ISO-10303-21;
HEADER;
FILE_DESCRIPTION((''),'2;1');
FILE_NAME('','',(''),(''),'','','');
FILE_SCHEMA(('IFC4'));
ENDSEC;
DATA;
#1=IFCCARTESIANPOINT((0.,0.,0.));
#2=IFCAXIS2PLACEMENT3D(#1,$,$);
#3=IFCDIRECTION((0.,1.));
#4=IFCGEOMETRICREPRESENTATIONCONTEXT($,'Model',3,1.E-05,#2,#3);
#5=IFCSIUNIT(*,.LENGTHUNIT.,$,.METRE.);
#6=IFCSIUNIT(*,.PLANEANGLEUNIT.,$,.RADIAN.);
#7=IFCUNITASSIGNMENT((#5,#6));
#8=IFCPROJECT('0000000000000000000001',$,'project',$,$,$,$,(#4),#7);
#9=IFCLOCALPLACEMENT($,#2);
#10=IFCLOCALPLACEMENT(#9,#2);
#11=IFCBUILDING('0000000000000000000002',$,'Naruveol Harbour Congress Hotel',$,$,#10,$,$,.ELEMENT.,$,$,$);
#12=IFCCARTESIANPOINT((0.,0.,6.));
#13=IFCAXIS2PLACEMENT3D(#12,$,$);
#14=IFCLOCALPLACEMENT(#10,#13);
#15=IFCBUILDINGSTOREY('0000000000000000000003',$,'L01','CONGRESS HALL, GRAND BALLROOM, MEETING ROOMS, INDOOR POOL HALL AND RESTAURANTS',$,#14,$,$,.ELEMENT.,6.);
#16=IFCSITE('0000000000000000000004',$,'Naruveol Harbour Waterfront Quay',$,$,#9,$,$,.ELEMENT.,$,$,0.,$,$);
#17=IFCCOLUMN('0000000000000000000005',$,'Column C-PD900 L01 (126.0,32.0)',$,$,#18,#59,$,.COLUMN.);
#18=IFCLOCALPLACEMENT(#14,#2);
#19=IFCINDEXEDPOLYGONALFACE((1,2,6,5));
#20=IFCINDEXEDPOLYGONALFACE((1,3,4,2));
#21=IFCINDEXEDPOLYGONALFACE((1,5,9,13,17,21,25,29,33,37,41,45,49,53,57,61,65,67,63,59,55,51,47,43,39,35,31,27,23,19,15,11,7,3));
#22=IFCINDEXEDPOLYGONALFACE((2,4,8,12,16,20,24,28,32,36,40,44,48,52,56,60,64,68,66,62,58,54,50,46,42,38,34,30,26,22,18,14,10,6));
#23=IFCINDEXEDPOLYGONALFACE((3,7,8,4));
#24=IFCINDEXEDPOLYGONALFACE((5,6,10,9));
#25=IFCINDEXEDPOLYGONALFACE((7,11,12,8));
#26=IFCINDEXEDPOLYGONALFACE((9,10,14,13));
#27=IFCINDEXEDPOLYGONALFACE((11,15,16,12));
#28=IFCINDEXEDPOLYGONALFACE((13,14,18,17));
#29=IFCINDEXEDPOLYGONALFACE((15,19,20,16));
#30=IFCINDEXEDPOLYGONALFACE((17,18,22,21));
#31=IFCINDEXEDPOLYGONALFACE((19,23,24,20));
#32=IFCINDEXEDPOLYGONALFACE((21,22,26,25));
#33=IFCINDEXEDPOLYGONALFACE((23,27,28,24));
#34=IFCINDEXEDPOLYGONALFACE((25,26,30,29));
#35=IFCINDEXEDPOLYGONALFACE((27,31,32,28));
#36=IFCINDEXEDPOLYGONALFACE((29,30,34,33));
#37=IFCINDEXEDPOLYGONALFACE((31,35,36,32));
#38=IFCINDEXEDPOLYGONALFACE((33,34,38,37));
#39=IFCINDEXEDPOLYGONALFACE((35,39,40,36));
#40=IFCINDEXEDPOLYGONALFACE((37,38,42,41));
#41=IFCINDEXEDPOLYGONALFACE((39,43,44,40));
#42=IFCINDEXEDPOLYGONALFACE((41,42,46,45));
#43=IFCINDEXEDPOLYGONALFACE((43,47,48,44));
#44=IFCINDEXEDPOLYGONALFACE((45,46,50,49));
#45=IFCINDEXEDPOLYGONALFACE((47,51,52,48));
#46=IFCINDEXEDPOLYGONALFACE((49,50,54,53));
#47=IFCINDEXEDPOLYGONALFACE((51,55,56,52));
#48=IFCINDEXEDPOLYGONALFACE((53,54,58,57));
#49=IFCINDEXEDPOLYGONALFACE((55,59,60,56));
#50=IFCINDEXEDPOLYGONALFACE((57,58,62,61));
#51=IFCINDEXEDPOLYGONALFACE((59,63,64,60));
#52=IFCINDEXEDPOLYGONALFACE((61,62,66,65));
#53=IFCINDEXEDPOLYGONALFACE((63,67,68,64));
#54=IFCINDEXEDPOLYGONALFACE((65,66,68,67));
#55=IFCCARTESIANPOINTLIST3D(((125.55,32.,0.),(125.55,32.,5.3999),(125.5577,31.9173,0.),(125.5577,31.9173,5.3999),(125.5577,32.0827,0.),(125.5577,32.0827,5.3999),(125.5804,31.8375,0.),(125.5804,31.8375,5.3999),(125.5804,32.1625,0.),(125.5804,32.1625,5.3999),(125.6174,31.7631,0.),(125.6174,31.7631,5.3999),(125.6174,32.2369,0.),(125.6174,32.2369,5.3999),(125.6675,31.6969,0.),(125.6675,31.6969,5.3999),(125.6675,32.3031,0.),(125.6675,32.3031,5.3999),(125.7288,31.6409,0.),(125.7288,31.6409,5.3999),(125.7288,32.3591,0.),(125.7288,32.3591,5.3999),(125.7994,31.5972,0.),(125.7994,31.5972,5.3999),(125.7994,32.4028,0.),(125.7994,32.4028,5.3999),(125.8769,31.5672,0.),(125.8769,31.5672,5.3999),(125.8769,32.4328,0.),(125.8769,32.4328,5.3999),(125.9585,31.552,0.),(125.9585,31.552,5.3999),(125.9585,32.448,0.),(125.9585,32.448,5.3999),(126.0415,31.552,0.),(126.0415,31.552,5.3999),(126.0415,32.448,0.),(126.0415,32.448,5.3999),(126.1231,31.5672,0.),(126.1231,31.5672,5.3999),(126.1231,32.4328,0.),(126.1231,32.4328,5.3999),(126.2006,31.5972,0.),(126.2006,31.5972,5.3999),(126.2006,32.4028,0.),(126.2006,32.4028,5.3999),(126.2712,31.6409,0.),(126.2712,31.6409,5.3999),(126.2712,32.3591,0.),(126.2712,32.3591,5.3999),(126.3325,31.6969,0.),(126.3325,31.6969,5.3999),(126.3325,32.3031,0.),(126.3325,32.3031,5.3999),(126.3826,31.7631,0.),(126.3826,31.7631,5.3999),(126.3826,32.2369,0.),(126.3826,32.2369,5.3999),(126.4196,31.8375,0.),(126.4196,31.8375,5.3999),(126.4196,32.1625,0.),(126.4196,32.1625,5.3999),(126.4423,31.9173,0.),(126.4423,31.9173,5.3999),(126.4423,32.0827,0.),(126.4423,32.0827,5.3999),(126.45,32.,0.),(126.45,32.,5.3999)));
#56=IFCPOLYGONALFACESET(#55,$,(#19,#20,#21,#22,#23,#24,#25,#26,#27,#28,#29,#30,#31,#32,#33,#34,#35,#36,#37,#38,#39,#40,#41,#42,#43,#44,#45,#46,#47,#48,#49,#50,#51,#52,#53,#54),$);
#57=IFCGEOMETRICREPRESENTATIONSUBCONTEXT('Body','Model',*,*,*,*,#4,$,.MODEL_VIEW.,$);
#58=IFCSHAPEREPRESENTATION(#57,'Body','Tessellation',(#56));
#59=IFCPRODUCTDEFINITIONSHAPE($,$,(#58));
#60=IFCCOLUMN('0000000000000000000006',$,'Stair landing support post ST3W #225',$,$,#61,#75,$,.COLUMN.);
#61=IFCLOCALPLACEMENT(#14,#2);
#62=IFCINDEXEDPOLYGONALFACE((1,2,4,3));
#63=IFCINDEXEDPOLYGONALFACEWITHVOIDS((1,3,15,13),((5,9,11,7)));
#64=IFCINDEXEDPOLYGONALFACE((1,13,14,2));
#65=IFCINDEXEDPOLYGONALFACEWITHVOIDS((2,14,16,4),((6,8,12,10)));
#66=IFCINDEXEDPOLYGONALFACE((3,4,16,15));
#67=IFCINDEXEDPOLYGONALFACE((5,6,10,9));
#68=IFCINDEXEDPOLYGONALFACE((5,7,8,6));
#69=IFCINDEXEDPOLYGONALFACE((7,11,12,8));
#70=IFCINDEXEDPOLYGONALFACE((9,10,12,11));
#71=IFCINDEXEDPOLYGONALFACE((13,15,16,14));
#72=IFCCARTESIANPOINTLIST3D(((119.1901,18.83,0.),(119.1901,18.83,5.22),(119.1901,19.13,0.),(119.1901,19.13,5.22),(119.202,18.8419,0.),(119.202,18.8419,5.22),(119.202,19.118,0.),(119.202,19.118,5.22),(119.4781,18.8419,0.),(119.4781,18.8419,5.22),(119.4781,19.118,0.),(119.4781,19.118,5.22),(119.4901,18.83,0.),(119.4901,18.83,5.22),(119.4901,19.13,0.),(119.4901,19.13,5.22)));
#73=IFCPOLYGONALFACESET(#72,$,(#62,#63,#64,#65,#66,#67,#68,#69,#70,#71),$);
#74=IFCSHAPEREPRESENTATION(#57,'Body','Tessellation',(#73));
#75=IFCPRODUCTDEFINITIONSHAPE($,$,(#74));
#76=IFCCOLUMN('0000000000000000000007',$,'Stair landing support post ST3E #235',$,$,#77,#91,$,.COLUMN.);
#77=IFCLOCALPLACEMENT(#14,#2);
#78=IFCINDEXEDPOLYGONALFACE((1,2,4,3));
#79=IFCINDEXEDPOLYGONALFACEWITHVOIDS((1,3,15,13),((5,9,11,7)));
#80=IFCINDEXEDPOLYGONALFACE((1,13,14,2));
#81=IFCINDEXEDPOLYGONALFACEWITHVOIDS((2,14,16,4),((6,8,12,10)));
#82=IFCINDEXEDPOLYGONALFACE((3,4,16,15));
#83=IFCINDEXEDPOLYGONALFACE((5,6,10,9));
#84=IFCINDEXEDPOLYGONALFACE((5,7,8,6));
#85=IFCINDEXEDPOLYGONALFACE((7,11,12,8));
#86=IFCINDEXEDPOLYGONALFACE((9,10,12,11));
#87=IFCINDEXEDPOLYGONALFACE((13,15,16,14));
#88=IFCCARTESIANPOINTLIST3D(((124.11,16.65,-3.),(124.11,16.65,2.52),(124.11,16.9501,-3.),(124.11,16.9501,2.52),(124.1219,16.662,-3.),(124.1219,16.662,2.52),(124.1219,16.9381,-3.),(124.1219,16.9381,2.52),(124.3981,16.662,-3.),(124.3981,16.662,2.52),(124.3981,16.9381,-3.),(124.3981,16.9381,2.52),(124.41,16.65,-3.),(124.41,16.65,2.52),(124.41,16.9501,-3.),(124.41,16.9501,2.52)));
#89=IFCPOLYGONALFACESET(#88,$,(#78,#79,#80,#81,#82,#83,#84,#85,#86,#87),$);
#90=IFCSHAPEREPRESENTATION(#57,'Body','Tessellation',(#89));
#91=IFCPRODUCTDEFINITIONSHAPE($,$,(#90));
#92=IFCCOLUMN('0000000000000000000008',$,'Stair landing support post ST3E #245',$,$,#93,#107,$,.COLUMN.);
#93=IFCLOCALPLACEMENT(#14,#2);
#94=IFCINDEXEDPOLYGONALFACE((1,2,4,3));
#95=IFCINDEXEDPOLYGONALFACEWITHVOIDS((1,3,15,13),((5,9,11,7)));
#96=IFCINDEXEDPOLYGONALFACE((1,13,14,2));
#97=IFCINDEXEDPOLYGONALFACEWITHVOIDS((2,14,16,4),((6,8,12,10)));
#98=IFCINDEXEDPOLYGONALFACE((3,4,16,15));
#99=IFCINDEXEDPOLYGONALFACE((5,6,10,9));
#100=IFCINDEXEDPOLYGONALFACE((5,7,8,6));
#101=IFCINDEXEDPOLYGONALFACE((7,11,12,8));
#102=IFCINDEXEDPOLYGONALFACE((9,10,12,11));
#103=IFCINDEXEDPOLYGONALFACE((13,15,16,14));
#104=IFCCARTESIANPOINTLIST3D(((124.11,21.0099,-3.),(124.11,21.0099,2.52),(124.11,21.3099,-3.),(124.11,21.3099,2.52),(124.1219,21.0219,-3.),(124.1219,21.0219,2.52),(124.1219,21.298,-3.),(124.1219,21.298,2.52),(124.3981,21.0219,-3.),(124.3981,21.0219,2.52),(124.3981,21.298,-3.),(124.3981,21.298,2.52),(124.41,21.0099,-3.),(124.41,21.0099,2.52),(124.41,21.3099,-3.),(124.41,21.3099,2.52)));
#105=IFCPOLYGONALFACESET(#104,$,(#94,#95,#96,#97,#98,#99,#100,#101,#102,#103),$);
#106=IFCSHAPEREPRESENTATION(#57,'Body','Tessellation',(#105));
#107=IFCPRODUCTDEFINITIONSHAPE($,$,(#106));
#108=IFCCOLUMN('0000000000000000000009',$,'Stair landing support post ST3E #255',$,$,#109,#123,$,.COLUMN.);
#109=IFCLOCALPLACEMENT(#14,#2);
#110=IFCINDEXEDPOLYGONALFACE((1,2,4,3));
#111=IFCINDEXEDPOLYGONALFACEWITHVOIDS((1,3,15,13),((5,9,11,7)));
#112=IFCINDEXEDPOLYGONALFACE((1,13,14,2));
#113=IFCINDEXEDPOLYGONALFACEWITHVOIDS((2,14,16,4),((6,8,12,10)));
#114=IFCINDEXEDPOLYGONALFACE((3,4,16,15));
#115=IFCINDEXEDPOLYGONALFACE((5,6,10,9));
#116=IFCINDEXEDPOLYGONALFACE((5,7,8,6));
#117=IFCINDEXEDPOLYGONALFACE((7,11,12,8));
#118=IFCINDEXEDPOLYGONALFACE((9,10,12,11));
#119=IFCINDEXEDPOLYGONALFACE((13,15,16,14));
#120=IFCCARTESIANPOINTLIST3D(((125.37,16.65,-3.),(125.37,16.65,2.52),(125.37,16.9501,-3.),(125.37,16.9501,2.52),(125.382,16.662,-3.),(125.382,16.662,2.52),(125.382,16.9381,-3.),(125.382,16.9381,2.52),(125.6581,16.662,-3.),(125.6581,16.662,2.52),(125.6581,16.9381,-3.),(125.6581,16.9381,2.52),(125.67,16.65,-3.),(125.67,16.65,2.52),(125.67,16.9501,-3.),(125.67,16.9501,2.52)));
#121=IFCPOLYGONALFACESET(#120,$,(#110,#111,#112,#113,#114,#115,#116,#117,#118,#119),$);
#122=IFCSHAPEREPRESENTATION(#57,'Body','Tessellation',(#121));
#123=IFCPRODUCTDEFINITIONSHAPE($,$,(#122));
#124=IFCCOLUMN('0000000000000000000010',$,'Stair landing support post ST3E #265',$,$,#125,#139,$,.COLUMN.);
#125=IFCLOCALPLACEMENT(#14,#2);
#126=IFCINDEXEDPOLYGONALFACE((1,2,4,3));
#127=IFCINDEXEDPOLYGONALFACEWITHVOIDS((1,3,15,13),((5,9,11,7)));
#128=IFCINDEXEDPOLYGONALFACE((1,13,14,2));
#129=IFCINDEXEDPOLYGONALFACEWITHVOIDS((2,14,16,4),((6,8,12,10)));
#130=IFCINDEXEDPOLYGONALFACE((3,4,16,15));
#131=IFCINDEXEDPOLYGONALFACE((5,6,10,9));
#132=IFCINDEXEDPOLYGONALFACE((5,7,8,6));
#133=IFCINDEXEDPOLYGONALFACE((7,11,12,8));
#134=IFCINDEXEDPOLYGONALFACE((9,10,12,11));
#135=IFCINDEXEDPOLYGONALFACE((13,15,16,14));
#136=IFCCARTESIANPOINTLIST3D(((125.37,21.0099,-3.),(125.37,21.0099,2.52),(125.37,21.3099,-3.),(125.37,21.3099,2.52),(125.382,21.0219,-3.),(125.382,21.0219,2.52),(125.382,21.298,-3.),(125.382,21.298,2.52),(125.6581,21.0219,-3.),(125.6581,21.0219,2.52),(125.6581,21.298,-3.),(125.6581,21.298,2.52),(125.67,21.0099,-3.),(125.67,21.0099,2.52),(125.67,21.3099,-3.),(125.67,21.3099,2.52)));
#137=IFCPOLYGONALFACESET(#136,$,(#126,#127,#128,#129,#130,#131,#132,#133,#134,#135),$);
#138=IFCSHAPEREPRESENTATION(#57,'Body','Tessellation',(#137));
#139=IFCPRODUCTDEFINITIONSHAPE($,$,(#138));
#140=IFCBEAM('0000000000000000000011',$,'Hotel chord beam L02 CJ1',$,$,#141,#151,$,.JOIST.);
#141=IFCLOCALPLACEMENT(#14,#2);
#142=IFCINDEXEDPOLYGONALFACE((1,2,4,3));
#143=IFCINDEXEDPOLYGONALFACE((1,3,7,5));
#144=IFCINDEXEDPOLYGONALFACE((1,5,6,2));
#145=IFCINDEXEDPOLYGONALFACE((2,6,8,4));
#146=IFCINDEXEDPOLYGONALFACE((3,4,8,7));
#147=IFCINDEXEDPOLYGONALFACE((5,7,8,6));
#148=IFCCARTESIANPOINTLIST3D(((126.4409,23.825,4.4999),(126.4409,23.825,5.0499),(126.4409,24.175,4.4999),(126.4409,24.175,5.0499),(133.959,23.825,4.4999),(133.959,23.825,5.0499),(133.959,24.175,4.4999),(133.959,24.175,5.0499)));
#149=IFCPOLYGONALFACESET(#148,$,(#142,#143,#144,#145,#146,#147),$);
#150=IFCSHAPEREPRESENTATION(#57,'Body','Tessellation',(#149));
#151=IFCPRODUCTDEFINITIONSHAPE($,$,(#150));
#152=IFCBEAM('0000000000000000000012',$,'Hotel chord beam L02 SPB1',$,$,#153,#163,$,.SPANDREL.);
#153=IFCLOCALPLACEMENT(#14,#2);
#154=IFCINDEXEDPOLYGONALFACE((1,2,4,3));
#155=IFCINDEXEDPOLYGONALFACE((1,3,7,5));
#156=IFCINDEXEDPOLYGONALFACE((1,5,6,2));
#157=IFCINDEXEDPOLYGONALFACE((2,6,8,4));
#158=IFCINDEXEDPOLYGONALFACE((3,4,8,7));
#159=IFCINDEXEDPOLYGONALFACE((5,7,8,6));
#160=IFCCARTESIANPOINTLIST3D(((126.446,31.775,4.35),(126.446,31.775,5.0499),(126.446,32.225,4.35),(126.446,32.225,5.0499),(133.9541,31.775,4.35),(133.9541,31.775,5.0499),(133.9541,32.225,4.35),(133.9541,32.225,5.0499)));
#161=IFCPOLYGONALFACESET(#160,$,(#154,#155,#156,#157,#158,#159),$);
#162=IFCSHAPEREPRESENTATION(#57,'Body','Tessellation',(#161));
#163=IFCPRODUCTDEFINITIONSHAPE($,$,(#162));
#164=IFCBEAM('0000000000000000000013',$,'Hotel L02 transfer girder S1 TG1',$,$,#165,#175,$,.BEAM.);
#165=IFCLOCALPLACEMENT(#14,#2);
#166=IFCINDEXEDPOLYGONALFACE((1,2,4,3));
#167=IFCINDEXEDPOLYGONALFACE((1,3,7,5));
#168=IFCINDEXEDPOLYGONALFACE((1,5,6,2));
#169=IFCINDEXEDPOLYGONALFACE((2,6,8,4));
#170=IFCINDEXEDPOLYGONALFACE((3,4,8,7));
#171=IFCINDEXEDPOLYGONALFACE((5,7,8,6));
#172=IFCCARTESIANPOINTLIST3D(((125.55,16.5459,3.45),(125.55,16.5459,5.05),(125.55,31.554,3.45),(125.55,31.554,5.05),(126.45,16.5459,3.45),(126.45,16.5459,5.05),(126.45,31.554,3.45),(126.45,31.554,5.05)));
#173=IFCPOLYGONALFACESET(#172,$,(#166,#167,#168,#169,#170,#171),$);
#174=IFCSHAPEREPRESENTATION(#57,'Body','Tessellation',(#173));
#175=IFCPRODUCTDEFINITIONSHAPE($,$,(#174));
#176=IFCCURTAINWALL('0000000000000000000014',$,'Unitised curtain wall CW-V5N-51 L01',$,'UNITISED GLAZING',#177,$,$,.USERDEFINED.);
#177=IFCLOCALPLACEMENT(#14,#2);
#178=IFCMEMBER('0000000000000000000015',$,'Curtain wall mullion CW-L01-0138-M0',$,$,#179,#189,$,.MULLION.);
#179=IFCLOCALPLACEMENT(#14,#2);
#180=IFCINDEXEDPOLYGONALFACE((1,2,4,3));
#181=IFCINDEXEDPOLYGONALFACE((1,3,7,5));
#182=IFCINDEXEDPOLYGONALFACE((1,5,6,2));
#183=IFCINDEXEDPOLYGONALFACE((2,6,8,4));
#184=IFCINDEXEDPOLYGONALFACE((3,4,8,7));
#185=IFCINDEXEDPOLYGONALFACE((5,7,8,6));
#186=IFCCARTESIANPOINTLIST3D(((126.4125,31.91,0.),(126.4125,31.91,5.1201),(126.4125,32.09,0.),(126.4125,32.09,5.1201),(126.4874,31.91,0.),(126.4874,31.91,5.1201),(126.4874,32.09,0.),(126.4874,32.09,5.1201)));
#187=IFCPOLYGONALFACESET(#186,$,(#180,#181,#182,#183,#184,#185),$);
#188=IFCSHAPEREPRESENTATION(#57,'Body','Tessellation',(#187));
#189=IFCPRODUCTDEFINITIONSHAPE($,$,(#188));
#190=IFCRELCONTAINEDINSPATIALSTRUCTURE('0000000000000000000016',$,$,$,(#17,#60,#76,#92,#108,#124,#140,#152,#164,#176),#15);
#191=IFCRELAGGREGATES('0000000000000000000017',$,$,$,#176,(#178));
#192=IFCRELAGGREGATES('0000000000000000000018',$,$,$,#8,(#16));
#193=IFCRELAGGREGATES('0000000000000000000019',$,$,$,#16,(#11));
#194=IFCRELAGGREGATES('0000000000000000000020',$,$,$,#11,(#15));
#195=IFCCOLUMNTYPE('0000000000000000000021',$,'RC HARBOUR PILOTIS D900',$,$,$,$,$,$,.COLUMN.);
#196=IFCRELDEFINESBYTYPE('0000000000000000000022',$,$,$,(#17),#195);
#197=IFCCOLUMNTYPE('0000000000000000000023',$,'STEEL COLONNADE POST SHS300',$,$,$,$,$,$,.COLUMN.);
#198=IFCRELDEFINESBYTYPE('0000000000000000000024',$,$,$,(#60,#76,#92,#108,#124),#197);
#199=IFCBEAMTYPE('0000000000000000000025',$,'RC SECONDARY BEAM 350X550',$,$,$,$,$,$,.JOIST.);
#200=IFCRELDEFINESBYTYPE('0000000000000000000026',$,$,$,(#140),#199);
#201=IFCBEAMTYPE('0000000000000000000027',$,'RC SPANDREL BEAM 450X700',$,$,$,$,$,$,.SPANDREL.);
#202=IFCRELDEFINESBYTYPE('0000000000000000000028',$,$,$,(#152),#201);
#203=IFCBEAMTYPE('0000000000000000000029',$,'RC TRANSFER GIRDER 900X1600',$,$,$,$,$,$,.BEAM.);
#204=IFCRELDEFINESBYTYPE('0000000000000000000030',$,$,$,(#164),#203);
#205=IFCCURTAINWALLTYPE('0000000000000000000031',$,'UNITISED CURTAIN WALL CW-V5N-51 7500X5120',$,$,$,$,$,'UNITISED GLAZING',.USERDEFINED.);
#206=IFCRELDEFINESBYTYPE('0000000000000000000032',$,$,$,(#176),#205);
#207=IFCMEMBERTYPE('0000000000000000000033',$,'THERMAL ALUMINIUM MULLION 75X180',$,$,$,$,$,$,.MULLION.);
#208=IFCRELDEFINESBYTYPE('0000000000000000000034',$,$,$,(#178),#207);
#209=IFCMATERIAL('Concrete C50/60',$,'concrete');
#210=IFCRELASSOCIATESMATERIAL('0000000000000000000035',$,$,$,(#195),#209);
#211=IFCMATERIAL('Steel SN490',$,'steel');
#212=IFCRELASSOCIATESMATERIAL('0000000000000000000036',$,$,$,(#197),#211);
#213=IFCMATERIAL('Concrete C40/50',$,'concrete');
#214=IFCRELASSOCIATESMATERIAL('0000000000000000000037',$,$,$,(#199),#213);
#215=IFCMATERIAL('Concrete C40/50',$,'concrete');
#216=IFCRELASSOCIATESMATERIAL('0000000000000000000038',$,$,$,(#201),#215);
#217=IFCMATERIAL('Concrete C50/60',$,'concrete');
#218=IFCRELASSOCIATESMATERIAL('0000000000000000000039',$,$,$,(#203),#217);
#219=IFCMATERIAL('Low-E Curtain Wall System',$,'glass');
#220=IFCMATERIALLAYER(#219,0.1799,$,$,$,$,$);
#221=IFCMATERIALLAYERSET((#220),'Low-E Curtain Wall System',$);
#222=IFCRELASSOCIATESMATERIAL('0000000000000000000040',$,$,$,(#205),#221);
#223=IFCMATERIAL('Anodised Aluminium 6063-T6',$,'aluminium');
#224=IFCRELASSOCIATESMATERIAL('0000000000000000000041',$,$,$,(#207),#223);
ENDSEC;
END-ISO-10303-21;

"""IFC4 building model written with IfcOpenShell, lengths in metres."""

from ifc_helpers import new_model, si_unit, direction, frame, origin, origin_2d, place, context, subcontext, project, spatial, rectangle, hollow_rectangle, circle, extrude, material, layer, layer_set, material_profile, profile_set, type_object, element, aggregate, save


model = new_model("IFC4")

# Units and contexts
model_context = context("Model", 3, precision=1e-05, world=origin(), true_north=direction((0.0, 1.0)))
body_context = subcontext(model_context, "Body", "Model", "MODEL_VIEW")
ifc_project = project(units=[si_unit("LENGTHUNIT", "METRE"), si_unit("PLANEANGLEUNIT", "RADIAN")], contexts=[model_context])

# Site, building, storey
site_placement = place(None, origin())
site = spatial("IfcSite", under=ifc_project, at=site_placement, Name="Naruveol Harbour Waterfront Quay", CompositionType="ELEMENT", RefElevation=0.0)
building_placement = place(site_placement, origin())
building = spatial("IfcBuilding", under=site, at=building_placement, Name="Naruveol Harbour Congress Hotel", CompositionType="ELEMENT")
storey_placement = place(building_placement, frame((0.0, 0.0, 6.0)))
storey = spatial("IfcBuildingStorey", under=building, at=storey_placement, Name="L01", Description="CONGRESS HALL, GRAND BALLROOM, MEETING ROOMS, INDOOR POOL HALL AND RESTAURANTS", CompositionType="ELEMENT", Elevation=6.0)

# Columns
ifc_material_1 = material(Name="Concrete C50/60", Category="concrete")
ifc_material_profile_1 = material_profile(ifc_material_1, circle(Radius=0.45, at=origin_2d()), Name="RC-D900")
ifc_profile_set_1 = profile_set([ifc_material_profile_1], Name="Concrete C50/60")
column_type_1 = type_object("IfcColumnType", Name="RC HARBOUR PILOTIS D900", PredefinedType="COLUMN", material=ifc_profile_set_1)
column_1_placement = place(storey_placement, frame((126.0, 32.0, 0.0), z_axis=(0.0, 0.0, 1.0), x_axis=(1.0, 0.0, 0.0)))
element("IfcColumn", 1, at=column_1_placement, inside=storey, type_object=column_type_1, Name="Column C-PD900 L01 (126.0,32.0)", PredefinedType="COLUMN", context=body_context, shape_type="SweptSolid", body=[
    extrude(circle(Radius=0.45, at=origin_2d()), origin(), (0.0, 0.0, 1.0), 5.3999),
])
ifc_material_2 = material(Name="Steel SN490", Category="steel")
ifc_material_profile_2 = material_profile(ifc_material_2, hollow_rectangle(XDim=0.3, YDim=0.3, WallThickness=0.012, at=origin_2d()), Name="SHS-300x300x12")
ifc_profile_set_2 = profile_set([ifc_material_profile_2], Name="Steel SN490")
column_type_2 = type_object("IfcColumnType", Name="STEEL COLONNADE POST SHS300", PredefinedType="COLUMN", material=ifc_profile_set_2)
column_2_placement = place(storey_placement, frame((119.3401, 18.98, 0.0), z_axis=(0.0, 0.0, 1.0), x_axis=(1.0, 0.0, 0.0)))
element("IfcColumn", 2, at=column_2_placement, inside=storey, type_object=column_type_2, Name="Stair landing support post ST3W #225", PredefinedType="COLUMN", context=body_context, shape_type="SweptSolid", body=[
    extrude(hollow_rectangle(XDim=0.3, YDim=0.3, WallThickness=0.012, at=origin_2d()), origin(), (0.0, 0.0, 1.0), 5.22),
])
for number, where, z_axis, x_axis, name in (
    (3, (124.26, 16.8, -3.0), (0.0, 0.0, 1.0), (1.0, 0.0, 0.0), "Stair landing support post ST3E #235"),
    (4, (124.26, 21.1599, -3.0), (0.0, 0.0, 1.0), (1.0, 0.0, 0.0), "Stair landing support post ST3E #245"),
    (5, (125.52, 16.8, -3.0), (0.0, 0.0, 1.0), (1.0, 0.0, 0.0), "Stair landing support post ST3E #255"),
    (6, (125.52, 21.1599, -3.0), (0.0, 0.0, 1.0), (1.0, 0.0, 0.0), "Stair landing support post ST3E #265"),
):
    element("IfcColumn", number, at=place(storey_placement, frame(where, z_axis=z_axis, x_axis=x_axis)), inside=storey, type_object=column_type_2, Name=name, PredefinedType="COLUMN", context=body_context, shape_type="SweptSolid", body=[
        extrude(hollow_rectangle(XDim=0.3, YDim=0.3, WallThickness=0.012, at=origin_2d()), origin(), (0.0, 0.0, 1.0), 5.52),
    ])

# Beams
ifc_material_3 = material(Name="Concrete C40/50", Category="concrete")
ifc_material_profile_3 = material_profile(ifc_material_3, rectangle(XDim=0.3501, YDim=0.55, at=origin_2d()), Name="RCB-350x550")
ifc_profile_set_3 = profile_set([ifc_material_profile_3], Name="Concrete C40/50")
beam_type_1 = type_object("IfcBeamType", Name="RC SECONDARY BEAM 350X550", PredefinedType="JOIST", material=ifc_profile_set_3)
beam_1_placement = place(storey_placement, frame((126.4409, 24.0, 4.7749), z_axis=(1.0, 0.0, 0.0), x_axis=(0.0, 1.0, 0.0)))
element("IfcBeam", 7, at=beam_1_placement, inside=storey, type_object=beam_type_1, Name="Hotel chord beam L02 CJ1", PredefinedType="JOIST", context=body_context, shape_type="SweptSolid", body=[
    extrude(rectangle(XDim=0.3501, YDim=0.55, at=origin_2d()), origin(), (0.0, 0.0, 1.0), 7.5181),
])
ifc_material_4 = material(Name="Concrete C40/50", Category="concrete")
ifc_material_profile_4 = material_profile(ifc_material_4, rectangle(XDim=0.45, YDim=0.7, at=origin_2d()), Name="RCB-450x700")
ifc_profile_set_4 = profile_set([ifc_material_profile_4], Name="Concrete C40/50")
beam_type_2 = type_object("IfcBeamType", Name="RC SPANDREL BEAM 450X700", PredefinedType="SPANDREL", material=ifc_profile_set_4)
beam_2_placement = place(storey_placement, frame((126.446, 32.0, 4.7), z_axis=(1.0, 0.0, 0.0), x_axis=(0.0, 1.0, 0.0)))
element("IfcBeam", 8, at=beam_2_placement, inside=storey, type_object=beam_type_2, Name="Hotel chord beam L02 SPB1", PredefinedType="SPANDREL", context=body_context, shape_type="SweptSolid", body=[
    extrude(rectangle(XDim=0.45, YDim=0.7, at=origin_2d()), origin(), (0.0, 0.0, 1.0), 7.5081),
])
ifc_material_5 = material(Name="Concrete C50/60", Category="concrete")
ifc_material_profile_5 = material_profile(ifc_material_5, rectangle(XDim=0.8999, YDim=1.6001, at=origin_2d()), Name="RCB-900x1600")
ifc_profile_set_5 = profile_set([ifc_material_profile_5], Name="Concrete C50/60")
beam_type_3 = type_object("IfcBeamType", Name="RC TRANSFER GIRDER 900X1600", PredefinedType="BEAM", material=ifc_profile_set_5)
beam_3_placement = place(storey_placement, frame((126.0, 16.5459, 4.25), z_axis=(0.0, 1.0, 0.0), x_axis=(-1.0, 0.0, 0.0)))
element("IfcBeam", 9, at=beam_3_placement, inside=storey, type_object=beam_type_3, Name="Hotel L02 transfer girder S1 TG1", PredefinedType="BEAM", context=body_context, shape_type="SweptSolid", body=[
    extrude(rectangle(XDim=0.8999, YDim=1.6001, at=origin_2d()), origin(), (0.0, 0.0, 1.0), 15.0081),
])

# Curtain wall, member
ifc_material_6 = material(Name="Low-E Curtain Wall System", Category="glass")
ifc_layer_1 = layer(ifc_material_6, 0.1799)
ifc_layer_set_1 = layer_set([ifc_layer_1], Name="Low-E Curtain Wall System")
curtain_wall_type = type_object("IfcCurtainWallType", Name="UNITISED CURTAIN WALL CW-V5N-51 7500X5120", ElementType="UNITISED GLAZING", PredefinedType="USERDEFINED", material=ifc_layer_set_1)
curtain_wall_placement = place(storey_placement, origin())
curtain_wall = element("IfcCurtainWall", 10, at=curtain_wall_placement, inside=storey, type_object=curtain_wall_type, Name="Unitised curtain wall CW-V5N-51 L01", ObjectType="UNITISED GLAZING", PredefinedType="USERDEFINED")
ifc_material_7 = material(Name="Anodised Aluminium 6063-T6", Category="aluminium")
ifc_material_profile_6 = material_profile(ifc_material_7, rectangle(XDim=0.075, YDim=0.1799, at=origin_2d()), Name="ALU-75x180")
ifc_profile_set_6 = profile_set([ifc_material_profile_6], Name="Anodised Aluminium 6063-T6")
member_type_1 = type_object("IfcMemberType", Name="THERMAL ALUMINIUM MULLION 75X180", PredefinedType="MULLION", material=ifc_profile_set_6)
member_1_placement = place(storey_placement, frame((126.45, 32.0, 0.0), z_axis=(0.0, 0.0, 1.0), x_axis=(1.0, 0.0, 0.0)))
member_1 = element("IfcMember", 11, at=member_1_placement, type_object=member_type_1, Name="Curtain wall mullion CW-L01-0138-M0", PredefinedType="MULLION", context=body_context, shape_type="SweptSolid", body=[
    extrude(rectangle(XDim=0.075, YDim=0.1799, at=origin_2d()), origin(), (0.0, 0.0, 1.0), 5.1201),
])
aggregate(curtain_wall, [member_1])

save(model, "model.ifc")
